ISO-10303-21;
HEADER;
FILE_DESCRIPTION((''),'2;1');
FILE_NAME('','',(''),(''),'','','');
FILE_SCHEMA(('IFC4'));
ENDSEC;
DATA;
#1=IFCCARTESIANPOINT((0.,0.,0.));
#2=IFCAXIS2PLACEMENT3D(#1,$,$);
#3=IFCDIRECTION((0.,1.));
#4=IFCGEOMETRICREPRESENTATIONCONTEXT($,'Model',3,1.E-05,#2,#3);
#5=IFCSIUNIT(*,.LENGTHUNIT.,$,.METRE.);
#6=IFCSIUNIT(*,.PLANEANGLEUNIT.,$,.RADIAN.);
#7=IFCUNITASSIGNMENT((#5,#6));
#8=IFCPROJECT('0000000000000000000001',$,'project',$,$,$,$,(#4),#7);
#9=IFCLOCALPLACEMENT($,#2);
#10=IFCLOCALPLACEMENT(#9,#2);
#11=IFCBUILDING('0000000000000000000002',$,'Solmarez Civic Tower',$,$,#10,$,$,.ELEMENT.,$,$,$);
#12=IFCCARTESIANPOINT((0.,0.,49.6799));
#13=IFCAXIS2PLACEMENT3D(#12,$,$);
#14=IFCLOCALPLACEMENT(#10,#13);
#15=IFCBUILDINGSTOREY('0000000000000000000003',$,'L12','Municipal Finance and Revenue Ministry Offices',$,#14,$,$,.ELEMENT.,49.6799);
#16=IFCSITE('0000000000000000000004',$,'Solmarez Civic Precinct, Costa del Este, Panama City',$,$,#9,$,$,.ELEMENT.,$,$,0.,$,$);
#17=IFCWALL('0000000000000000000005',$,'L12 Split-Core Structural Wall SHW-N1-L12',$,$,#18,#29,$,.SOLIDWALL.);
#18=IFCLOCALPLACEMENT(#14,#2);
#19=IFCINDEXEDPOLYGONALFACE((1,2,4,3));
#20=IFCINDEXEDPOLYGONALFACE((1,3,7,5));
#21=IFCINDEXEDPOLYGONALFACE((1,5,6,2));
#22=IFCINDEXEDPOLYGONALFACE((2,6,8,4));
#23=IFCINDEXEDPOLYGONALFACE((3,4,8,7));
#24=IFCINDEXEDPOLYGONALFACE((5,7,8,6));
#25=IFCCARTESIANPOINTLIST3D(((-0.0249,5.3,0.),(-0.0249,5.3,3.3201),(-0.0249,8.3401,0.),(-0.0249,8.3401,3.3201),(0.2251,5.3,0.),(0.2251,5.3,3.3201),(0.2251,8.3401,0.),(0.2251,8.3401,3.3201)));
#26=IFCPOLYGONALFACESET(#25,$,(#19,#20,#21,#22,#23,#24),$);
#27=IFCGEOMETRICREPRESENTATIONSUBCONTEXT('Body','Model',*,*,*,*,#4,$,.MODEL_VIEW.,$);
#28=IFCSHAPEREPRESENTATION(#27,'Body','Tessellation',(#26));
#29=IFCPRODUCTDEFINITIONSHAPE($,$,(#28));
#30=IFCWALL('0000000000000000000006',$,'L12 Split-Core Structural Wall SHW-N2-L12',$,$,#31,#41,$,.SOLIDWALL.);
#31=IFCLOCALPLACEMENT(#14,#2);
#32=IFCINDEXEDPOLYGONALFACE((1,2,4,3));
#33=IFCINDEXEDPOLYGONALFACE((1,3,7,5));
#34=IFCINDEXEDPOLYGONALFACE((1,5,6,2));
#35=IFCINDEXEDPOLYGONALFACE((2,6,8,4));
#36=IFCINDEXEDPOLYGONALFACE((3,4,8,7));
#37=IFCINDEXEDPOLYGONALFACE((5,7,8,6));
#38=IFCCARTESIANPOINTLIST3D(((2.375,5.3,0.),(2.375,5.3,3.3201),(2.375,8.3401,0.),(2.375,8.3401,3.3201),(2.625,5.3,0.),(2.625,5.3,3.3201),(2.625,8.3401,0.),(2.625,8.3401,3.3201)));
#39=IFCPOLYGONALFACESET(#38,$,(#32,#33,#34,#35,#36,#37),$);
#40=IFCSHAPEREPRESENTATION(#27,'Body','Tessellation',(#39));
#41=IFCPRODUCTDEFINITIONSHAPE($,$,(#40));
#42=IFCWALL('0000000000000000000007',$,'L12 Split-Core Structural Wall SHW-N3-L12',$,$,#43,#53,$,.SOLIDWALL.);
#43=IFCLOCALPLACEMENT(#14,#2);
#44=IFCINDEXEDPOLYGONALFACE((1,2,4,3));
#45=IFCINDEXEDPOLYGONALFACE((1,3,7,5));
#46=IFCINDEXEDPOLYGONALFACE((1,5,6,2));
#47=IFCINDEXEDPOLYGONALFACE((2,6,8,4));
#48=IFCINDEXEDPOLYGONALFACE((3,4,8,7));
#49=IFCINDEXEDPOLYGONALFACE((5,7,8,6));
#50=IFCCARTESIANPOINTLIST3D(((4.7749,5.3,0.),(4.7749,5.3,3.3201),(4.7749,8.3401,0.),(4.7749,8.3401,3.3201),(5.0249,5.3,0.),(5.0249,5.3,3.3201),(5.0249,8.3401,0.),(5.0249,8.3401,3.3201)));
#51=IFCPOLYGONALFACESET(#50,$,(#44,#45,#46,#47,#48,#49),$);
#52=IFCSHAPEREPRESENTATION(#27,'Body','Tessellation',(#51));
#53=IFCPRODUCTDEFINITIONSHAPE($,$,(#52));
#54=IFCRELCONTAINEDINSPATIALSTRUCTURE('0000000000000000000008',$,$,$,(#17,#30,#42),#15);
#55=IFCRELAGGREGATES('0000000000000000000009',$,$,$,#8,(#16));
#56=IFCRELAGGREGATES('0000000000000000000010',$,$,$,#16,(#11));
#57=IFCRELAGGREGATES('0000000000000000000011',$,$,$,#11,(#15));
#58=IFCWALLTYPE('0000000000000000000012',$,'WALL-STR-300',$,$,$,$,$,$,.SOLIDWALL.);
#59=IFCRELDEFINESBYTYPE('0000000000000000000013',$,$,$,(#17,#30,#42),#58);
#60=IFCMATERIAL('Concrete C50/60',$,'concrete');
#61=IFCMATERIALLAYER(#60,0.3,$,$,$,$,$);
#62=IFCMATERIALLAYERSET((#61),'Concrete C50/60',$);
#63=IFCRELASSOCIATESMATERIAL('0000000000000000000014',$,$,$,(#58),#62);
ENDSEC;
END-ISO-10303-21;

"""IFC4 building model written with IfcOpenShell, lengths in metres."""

from ifc_helpers import new_model, si_unit, direction, frame, frame_2d, origin, place, context, subcontext, project, spatial, rectangle, extrude, material, layer, layer_set, type_object, element, save


model = new_model("IFC4")

# Units and contexts
model_context = context("Model", 3, precision=1e-05, world=origin(), true_north=direction((0.0, 1.0)))
body_context = subcontext(model_context, "Body", "Model", "MODEL_VIEW")
ifc_project = project(units=[si_unit("LENGTHUNIT", "METRE"), si_unit("PLANEANGLEUNIT", "RADIAN")], contexts=[model_context])

# Site, building, storey
site_placement = place(None, origin())
site = spatial("IfcSite", under=ifc_project, at=site_placement, Name="Solmarez Civic Precinct, Costa del Este, Panama City", CompositionType="ELEMENT", RefElevation=0.0)
building_placement = place(site_placement, origin())
building = spatial("IfcBuilding", under=site, at=building_placement, Name="Solmarez Civic Tower", CompositionType="ELEMENT")
storey_placement = place(building_placement, frame((0.0, 0.0, 49.6799)))
storey = spatial("IfcBuildingStorey", under=building, at=storey_placement, Name="L12", Description="Municipal Finance and Revenue Ministry Offices", CompositionType="ELEMENT", Elevation=49.6799)

# Shared definitions
ifc_material_1 = material(Name="Concrete C50/60", Category="concrete")
ifc_layer_1 = layer(ifc_material_1, 0.3)
ifc_layer_set_1 = layer_set([ifc_layer_1], Name="Concrete C50/60")
wall_type_1 = type_object("IfcWallType", Name="WALL-STR-300", PredefinedType="SOLIDWALL", material=ifc_layer_set_1)

# Walls
for number, where, z_axis, x_axis, name in (
    (1, (0.1001, 5.3, 0.0), (0.0, 0.0, 1.0), (0.0, 1.0, 0.0), "L12 Split-Core Structural Wall SHW-N1-L12"),
    (2, (2.5, 5.3, 0.0), (0.0, 0.0, 1.0), (0.0, 1.0, 0.0), "L12 Split-Core Structural Wall SHW-N2-L12"),
    (3, (4.8999, 5.3, 0.0), (0.0, 0.0, 1.0), (0.0, 1.0, 0.0), "L12 Split-Core Structural Wall SHW-N3-L12"),
):
    element("IfcWall", number, at=place(storey_placement, frame(where, z_axis=z_axis, x_axis=x_axis)), inside=storey, type_object=wall_type_1, Name=name, PredefinedType="SOLIDWALL", context=body_context, shape_type="SweptSolid", body=[
        extrude(rectangle(XDim=3.04, YDim=0.25, at=frame_2d((1.52, 0.0))), origin(), (0.0, 0.0, 1.0), 3.3201),
    ])

save(model, "model.ifc")
